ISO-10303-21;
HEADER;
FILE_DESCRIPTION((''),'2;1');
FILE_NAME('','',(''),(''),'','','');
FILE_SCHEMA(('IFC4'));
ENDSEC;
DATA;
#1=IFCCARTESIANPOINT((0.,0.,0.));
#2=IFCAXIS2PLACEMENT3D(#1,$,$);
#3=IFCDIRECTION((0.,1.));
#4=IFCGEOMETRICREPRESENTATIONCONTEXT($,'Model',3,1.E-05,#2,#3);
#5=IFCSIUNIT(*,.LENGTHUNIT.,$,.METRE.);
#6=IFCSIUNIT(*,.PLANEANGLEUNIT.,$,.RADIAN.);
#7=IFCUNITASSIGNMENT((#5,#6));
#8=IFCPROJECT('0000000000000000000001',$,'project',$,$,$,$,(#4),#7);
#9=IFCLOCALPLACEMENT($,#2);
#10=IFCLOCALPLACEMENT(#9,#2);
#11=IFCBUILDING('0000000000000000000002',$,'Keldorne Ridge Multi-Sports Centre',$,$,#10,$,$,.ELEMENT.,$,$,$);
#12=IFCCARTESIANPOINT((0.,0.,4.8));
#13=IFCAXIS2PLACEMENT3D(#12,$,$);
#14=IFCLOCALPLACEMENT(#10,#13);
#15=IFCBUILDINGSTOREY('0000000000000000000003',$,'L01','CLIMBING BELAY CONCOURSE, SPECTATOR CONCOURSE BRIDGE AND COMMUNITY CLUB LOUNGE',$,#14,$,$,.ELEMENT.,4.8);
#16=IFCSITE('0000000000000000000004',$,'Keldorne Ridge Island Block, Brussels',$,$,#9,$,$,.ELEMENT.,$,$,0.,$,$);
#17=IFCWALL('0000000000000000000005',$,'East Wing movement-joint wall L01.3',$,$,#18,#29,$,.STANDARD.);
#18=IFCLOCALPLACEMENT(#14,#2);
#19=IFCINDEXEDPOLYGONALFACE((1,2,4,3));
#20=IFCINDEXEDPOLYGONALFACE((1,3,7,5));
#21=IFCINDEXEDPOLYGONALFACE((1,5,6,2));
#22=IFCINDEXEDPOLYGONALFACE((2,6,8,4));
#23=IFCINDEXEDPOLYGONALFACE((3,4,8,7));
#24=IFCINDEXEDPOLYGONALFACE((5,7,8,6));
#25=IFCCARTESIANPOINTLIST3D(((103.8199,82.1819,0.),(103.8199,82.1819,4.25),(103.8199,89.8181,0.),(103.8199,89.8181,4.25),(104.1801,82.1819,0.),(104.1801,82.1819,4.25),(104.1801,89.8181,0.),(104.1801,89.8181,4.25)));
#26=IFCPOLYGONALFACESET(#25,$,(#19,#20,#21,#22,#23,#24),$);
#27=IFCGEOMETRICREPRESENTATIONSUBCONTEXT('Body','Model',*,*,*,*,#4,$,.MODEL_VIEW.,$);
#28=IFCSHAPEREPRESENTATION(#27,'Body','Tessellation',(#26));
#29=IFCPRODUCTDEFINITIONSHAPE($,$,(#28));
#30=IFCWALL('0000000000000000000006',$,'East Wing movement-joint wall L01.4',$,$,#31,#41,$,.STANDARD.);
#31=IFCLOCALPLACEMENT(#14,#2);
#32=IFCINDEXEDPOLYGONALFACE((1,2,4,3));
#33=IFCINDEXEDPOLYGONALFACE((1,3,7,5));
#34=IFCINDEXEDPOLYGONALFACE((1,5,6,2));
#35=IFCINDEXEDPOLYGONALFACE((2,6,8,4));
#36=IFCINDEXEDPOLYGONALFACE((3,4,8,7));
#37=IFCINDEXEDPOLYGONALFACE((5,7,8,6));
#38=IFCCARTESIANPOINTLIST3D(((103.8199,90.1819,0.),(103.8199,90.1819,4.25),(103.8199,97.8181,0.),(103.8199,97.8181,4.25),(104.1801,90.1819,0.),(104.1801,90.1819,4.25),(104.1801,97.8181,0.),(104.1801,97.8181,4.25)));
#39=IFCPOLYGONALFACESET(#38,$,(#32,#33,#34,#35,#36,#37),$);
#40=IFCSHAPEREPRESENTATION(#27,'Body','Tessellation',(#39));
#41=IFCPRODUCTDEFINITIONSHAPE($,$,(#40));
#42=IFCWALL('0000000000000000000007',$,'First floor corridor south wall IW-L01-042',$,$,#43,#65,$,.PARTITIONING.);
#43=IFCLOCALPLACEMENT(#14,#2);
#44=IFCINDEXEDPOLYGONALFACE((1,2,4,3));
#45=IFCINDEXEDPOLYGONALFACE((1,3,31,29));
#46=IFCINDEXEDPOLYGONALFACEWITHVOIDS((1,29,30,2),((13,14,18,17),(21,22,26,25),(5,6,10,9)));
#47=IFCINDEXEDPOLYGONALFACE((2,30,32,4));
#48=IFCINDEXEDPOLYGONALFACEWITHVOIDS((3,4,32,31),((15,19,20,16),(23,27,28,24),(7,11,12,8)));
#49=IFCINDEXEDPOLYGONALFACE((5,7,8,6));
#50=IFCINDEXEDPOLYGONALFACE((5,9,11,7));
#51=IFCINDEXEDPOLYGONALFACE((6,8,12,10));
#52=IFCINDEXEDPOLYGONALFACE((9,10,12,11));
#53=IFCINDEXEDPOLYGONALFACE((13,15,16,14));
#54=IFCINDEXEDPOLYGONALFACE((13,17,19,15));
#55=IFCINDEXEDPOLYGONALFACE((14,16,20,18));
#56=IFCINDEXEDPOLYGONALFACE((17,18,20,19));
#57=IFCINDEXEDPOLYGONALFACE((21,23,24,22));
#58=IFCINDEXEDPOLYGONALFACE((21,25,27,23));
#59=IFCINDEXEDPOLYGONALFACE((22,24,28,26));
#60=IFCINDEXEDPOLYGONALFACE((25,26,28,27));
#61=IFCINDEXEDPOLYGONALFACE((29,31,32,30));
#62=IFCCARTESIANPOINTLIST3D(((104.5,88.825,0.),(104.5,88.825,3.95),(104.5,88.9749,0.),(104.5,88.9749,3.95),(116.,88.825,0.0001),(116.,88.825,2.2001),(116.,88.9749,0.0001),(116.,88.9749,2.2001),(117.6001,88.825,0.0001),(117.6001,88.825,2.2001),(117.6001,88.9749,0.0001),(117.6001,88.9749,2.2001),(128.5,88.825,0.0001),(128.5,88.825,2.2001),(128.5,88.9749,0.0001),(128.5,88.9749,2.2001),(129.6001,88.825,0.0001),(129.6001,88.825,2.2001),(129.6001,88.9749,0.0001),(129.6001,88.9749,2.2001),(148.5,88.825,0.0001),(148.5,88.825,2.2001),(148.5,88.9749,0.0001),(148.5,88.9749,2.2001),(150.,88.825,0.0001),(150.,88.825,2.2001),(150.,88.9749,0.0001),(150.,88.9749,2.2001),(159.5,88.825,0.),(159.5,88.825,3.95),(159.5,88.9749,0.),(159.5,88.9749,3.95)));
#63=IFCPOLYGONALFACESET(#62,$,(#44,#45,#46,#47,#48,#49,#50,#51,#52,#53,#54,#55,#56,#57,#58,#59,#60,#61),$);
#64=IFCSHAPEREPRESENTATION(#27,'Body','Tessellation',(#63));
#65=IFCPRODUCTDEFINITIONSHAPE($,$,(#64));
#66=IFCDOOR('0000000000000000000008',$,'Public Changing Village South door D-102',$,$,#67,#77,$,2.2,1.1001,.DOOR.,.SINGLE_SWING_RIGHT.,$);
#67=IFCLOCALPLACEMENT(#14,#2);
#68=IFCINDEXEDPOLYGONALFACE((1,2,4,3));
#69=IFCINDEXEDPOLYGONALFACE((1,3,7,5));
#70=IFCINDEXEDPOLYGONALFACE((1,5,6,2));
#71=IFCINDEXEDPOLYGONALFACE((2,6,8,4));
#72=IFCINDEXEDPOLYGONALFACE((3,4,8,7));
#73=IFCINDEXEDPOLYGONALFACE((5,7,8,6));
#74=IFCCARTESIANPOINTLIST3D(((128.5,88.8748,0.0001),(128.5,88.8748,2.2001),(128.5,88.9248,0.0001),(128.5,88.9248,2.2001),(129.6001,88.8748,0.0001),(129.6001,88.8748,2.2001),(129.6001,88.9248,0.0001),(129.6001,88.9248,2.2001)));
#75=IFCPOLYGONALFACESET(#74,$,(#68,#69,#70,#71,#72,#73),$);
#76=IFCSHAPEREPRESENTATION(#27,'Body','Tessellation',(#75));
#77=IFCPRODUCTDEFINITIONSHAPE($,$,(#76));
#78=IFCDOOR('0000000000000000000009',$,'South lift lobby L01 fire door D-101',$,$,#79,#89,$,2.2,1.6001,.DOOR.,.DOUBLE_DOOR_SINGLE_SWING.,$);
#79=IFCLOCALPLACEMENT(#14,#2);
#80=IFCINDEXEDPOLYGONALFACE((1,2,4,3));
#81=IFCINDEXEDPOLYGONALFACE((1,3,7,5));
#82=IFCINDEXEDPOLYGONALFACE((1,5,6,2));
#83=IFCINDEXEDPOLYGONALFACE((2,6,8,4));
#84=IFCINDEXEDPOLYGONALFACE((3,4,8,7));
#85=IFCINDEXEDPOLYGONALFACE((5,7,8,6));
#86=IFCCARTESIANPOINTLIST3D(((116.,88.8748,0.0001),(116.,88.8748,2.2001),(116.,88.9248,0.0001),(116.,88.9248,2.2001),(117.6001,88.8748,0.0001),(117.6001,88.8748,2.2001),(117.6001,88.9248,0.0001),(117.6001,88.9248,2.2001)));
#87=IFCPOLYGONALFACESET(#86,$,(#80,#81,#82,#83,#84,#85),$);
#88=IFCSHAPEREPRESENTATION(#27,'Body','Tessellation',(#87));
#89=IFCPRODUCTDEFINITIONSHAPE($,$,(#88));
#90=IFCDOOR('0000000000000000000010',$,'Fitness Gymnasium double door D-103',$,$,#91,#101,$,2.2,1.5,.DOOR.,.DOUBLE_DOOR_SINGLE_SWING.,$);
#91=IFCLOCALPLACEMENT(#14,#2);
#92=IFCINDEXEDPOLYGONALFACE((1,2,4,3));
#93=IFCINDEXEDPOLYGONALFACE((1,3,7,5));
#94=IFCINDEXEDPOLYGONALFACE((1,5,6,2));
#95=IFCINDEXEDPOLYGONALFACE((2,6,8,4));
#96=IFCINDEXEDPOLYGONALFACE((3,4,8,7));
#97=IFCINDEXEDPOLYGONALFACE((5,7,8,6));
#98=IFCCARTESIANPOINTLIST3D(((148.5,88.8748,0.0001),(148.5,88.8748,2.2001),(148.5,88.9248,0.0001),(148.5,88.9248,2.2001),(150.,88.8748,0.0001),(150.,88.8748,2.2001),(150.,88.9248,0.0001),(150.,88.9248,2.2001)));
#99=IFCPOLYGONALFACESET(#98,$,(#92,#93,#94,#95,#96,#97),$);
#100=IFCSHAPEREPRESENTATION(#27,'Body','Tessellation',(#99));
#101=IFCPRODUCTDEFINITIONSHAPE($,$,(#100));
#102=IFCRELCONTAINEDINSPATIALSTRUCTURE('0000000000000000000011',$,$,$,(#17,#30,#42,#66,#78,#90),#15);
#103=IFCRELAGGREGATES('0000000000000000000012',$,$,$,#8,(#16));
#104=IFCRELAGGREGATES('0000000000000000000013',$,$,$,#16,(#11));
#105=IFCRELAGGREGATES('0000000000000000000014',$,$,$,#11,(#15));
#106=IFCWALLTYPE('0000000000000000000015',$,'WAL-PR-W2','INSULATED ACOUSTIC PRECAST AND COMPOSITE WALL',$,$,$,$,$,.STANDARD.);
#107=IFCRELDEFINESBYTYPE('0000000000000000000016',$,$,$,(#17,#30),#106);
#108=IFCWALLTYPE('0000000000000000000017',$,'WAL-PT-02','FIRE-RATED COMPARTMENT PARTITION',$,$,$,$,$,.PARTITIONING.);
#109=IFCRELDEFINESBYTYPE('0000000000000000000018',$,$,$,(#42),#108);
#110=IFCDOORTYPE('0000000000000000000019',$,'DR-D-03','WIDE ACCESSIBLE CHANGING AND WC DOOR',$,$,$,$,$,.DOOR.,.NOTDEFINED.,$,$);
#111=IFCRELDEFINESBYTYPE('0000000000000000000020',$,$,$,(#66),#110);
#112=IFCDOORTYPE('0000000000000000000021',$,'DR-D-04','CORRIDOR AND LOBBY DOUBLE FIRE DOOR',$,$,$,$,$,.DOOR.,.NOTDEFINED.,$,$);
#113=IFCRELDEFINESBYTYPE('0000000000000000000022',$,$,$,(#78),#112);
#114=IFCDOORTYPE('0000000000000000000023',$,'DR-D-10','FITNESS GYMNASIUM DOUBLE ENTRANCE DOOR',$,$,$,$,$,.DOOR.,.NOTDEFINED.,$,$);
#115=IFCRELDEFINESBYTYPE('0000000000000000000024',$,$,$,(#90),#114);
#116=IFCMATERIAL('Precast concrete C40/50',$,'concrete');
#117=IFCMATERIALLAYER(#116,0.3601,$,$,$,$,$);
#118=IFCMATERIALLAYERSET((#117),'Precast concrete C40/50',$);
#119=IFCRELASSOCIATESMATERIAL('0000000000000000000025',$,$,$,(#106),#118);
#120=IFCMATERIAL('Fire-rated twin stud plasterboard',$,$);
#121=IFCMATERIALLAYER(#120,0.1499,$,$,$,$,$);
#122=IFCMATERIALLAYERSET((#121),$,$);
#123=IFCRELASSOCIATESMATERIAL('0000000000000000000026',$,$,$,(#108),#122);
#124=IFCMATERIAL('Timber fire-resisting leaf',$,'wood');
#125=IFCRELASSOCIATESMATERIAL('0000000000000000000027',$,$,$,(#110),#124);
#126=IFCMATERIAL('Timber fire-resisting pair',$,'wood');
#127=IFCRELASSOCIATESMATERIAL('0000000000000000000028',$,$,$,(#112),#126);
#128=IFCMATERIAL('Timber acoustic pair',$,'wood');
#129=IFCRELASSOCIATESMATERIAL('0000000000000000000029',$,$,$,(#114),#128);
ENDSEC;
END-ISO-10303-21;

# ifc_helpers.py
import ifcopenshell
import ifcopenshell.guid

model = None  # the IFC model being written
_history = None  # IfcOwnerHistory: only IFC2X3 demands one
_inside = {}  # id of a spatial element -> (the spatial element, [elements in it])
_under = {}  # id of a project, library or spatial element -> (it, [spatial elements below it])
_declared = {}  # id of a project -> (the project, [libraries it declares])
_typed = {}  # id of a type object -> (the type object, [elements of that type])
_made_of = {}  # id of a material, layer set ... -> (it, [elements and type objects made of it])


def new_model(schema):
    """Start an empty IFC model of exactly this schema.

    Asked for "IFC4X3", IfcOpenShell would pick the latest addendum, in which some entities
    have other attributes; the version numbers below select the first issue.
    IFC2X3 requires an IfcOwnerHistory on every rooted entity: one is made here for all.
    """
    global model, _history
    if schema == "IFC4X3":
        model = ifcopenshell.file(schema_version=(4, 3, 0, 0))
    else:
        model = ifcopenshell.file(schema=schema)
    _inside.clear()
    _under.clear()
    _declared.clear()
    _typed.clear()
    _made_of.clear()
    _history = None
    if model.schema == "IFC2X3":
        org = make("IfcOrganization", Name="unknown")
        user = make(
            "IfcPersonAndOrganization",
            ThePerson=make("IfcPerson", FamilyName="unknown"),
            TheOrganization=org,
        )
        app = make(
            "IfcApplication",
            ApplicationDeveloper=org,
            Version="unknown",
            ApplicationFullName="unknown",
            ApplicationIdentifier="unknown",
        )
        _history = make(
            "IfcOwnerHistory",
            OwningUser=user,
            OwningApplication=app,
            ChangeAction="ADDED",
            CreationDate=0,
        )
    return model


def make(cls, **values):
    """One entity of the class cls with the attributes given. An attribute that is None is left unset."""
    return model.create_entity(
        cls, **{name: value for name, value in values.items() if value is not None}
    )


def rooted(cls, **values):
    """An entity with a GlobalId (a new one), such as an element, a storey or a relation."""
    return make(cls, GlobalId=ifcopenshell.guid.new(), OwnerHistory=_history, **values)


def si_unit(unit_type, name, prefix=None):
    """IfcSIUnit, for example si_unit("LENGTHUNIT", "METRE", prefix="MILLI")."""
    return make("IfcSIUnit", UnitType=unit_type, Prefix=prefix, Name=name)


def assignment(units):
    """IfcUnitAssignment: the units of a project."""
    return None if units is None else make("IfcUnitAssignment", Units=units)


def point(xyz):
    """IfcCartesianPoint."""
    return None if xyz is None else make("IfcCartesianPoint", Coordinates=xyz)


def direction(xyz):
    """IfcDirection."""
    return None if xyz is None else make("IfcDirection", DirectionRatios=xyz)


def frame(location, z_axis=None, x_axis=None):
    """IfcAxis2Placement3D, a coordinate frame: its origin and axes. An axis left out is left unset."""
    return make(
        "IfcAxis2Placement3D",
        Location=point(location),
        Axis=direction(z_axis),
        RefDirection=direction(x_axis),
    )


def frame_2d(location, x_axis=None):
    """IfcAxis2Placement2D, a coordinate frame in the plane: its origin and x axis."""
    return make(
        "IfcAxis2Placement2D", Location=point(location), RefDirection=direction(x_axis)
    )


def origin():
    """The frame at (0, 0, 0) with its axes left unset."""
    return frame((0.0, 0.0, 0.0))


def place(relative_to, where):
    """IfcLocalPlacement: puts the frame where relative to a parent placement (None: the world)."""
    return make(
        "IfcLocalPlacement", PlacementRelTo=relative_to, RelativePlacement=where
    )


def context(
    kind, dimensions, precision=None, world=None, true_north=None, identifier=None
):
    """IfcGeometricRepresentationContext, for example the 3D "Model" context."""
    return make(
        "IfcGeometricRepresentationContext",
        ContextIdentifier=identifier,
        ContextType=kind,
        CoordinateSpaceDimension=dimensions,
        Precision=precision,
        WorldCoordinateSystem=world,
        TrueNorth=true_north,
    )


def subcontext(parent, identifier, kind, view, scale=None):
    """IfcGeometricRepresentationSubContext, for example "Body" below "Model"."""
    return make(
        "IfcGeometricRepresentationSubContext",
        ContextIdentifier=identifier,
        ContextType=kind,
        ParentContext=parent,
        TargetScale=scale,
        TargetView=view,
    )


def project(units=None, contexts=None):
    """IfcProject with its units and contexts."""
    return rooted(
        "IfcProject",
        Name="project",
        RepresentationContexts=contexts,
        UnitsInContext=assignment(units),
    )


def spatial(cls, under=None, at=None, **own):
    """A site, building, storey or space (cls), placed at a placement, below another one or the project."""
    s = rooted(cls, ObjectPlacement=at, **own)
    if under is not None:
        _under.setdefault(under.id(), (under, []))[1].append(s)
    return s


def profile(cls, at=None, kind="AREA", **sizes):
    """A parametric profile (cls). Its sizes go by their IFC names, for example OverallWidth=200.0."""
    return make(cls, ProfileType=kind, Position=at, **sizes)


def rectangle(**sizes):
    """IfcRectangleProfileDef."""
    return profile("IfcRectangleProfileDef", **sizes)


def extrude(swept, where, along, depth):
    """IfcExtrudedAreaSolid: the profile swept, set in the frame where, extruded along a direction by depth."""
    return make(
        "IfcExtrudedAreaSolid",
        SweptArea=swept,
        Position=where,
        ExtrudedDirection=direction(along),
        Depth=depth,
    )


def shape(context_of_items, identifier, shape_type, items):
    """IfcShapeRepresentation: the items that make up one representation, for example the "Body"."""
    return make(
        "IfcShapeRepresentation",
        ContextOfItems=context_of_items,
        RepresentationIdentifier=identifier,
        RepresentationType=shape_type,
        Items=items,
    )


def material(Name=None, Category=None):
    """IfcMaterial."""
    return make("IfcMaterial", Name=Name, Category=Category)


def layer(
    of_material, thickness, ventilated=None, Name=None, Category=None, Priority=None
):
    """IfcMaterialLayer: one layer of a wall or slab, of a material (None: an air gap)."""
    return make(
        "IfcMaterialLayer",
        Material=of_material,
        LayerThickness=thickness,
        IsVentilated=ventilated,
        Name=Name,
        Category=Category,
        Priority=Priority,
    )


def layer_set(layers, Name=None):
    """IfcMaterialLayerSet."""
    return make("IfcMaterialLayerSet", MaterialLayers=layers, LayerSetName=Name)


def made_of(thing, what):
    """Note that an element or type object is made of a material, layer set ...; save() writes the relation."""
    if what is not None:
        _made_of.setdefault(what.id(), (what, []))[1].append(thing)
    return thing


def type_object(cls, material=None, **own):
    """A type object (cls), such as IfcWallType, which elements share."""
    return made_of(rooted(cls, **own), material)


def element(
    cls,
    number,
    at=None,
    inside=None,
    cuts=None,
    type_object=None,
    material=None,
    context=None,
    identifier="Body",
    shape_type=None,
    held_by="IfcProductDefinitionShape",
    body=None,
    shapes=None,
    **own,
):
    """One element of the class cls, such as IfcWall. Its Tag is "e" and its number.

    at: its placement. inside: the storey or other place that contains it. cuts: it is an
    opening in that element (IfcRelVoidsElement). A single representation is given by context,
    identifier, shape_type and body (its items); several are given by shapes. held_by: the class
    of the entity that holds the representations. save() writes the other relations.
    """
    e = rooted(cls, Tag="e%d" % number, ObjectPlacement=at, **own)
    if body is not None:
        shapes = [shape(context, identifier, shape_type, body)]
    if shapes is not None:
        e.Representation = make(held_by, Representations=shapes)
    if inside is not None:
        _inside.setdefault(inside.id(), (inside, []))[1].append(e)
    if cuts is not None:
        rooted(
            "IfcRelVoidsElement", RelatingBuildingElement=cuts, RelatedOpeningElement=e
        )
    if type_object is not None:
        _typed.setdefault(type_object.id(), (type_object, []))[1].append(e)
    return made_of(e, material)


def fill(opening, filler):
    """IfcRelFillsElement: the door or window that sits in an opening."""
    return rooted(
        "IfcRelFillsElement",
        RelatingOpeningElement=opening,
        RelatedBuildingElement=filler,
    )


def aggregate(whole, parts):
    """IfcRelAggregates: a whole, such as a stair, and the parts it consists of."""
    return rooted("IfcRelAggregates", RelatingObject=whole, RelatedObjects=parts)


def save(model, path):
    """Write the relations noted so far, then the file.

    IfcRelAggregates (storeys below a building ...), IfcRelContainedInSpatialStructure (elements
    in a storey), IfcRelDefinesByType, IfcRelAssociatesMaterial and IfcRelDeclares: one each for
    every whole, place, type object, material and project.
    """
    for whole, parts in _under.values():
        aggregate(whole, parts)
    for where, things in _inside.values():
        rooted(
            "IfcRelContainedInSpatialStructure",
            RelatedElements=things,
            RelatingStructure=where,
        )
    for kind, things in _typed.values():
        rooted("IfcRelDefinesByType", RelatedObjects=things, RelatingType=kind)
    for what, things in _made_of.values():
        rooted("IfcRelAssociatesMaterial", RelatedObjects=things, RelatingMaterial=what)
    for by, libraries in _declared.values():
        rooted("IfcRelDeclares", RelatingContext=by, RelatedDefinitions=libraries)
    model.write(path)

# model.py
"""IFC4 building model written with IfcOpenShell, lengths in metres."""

from ifc_helpers import new_model, si_unit, direction, frame, frame_2d, origin, place, context, subcontext, project, spatial, rectangle, extrude, material, layer, layer_set, type_object, element, fill, save


model = new_model("IFC4")

# Units and contexts
model_context = context("Model", 3, precision=1e-05, world=origin(), true_north=direction((0.0, 1.0)))
body_context = subcontext(model_context, "Body", "Model", "MODEL_VIEW")
ifc_project = project(units=[si_unit("LENGTHUNIT", "METRE"), si_unit("PLANEANGLEUNIT", "RADIAN")], contexts=[model_context])

# Site, building, storey
site_placement = place(None, origin())
site = spatial("IfcSite", under=ifc_project, at=site_placement, Name="Keldorne Ridge Island Block, Brussels", CompositionType="ELEMENT", RefElevation=0.0)
building_placement = place(site_placement, origin())
building = spatial("IfcBuilding", under=site, at=building_placement, Name="Keldorne Ridge Multi-Sports Centre", CompositionType="ELEMENT")
storey_placement = place(building_placement, frame((0.0, 0.0, 4.8)))
storey = spatial("IfcBuildingStorey", under=building, at=storey_placement, Name="L01", Description="CLIMBING BELAY CONCOURSE, SPECTATOR CONCOURSE BRIDGE AND COMMUNITY CLUB LOUNGE", CompositionType="ELEMENT", Elevation=4.8)

# Walls
ifc_material_1 = material(Name="Precast concrete C40/50", Category="concrete")
ifc_layer_1 = layer(ifc_material_1, 0.3601)
ifc_layer_set_1 = layer_set([ifc_layer_1], Name="Precast concrete C40/50")
wall_type_1 = type_object("IfcWallType", Name="WAL-PR-W2", Description="INSULATED ACOUSTIC PRECAST AND COMPOSITE WALL", PredefinedType="STANDARD", material=ifc_layer_set_1)
for number, where, z_axis, x_axis, name in (
    (1, (104.0, 89.8181, 0.0), (0.0, 0.0, 1.0), (0.0, -1.0, 0.0), "East Wing movement-joint wall L01.3"),
    (2, (104.0, 97.8181, 0.0), (0.0, 0.0, 1.0), (0.0, -1.0, 0.0), "East Wing movement-joint wall L01.4"),
):
    element("IfcWall", number, at=place(storey_placement, frame(where, z_axis=z_axis, x_axis=x_axis)), inside=storey, type_object=wall_type_1, Name=name, PredefinedType="STANDARD", context=body_context, shape_type="SweptSolid", body=[
        extrude(rectangle(XDim=7.6362, YDim=0.3601, at=frame_2d((3.8181, 0.0))), origin(), (0.0, 0.0, 1.0), 4.25),
    ])

# Wall, openings, doors
ifc_material_2 = material(Name="Fire-rated twin stud plasterboard")
ifc_layer_2 = layer(ifc_material_2, 0.1499)
ifc_layer_set_2 = layer_set([ifc_layer_2])
wall_type_2 = type_object("IfcWallType", Name="WAL-PT-02", Description="FIRE-RATED COMPARTMENT PARTITION", PredefinedType="PARTITIONING", material=ifc_layer_set_2)
wall_1_placement = place(storey_placement, frame((104.5, 88.8999, 0.0), z_axis=(0.0, 0.0, 1.0), x_axis=(1.0, 0.0, 0.0)))
wall_1 = element("IfcWall", 3, at=wall_1_placement, inside=storey, type_object=wall_type_2, Name="First floor corridor south wall IW-L01-042", PredefinedType="PARTITIONING", context=body_context, shape_type="SweptSolid", body=[
    extrude(rectangle(XDim=55.0, YDim=0.1499, at=frame_2d((27.5, 0.0))), origin(), (0.0, 0.0, 1.0), 3.95),
])
opening_1_placement = place(wall_1_placement, frame((11.5, 0.0, 0.0)))
opening_1 = element("IfcOpeningElement", 4, at=opening_1_placement, cuts=wall_1, PredefinedType="OPENING", context=body_context, shape_type="SweptSolid", body=[
    extrude(rectangle(XDim=1.6001, YDim=2.2, at=frame_2d((0.8, 1.1001))), frame((0.0, 0.085, 0.0), z_axis=(0.0, -1.0, 0.0), x_axis=(1.0, 0.0, 0.0)), (0.0, 0.0, 1.0), 0.1699),
])
opening_2_placement = place(wall_1_placement, frame((24.0, 0.0, 0.0)))
opening_2 = element("IfcOpeningElement", 5, at=opening_2_placement, cuts=wall_1, PredefinedType="OPENING", context=body_context, shape_type="SweptSolid", body=[
    extrude(rectangle(XDim=1.1001, YDim=2.2, at=frame_2d((0.55, 1.1001))), frame((0.0, 0.085, 0.0), z_axis=(0.0, -1.0, 0.0), x_axis=(1.0, 0.0, 0.0)), (0.0, 0.0, 1.0), 0.1699),
])
opening_3_placement = place(wall_1_placement, frame((44.0, 0.0, 0.0)))
opening_3 = element("IfcOpeningElement", 6, at=opening_3_placement, cuts=wall_1, PredefinedType="OPENING", context=body_context, shape_type="SweptSolid", body=[
    extrude(rectangle(XDim=1.5, YDim=2.2, at=frame_2d((0.75, 1.1001))), frame((0.0, 0.085, 0.0), z_axis=(0.0, -1.0, 0.0), x_axis=(1.0, 0.0, 0.0)), (0.0, 0.0, 1.0), 0.1699),
])
ifc_material_3 = material(Name="Timber fire-resisting leaf", Category="wood")
door_type_1 = type_object("IfcDoorType", Name="DR-D-03", Description="WIDE ACCESSIBLE CHANGING AND WC DOOR", OperationType="NOTDEFINED", PredefinedType="DOOR", material=ifc_material_3)
door_1_placement = place(opening_2_placement, origin())
door_1 = element("IfcDoor", 7, at=door_1_placement, inside=storey, type_object=door_type_1, Name="Public Changing Village South door D-102", OperationType="SINGLE_SWING_RIGHT", OverallHeight=2.2, OverallWidth=1.1001, PredefinedType="DOOR", context=body_context, shape_type="SweptSolid", body=[
    extrude(rectangle(XDim=1.1001, YDim=2.2, at=frame_2d((0.55, 1.1001))), frame((0.0, 0.0249, 0.0), z_axis=(0.0, -1.0, 0.0), x_axis=(1.0, 0.0, 0.0)), (0.0, 0.0, 1.0), 0.05),
])
fill(opening_2, door_1)
ifc_material_4 = material(Name="Timber fire-resisting pair", Category="wood")
door_type_2 = type_object("IfcDoorType", Name="DR-D-04", Description="CORRIDOR AND LOBBY DOUBLE FIRE DOOR", OperationType="NOTDEFINED", PredefinedType="DOOR", material=ifc_material_4)
door_2_placement = place(opening_1_placement, origin())
door_2 = element("IfcDoor", 8, at=door_2_placement, inside=storey, type_object=door_type_2, Name="South lift lobby L01 fire door D-101", OperationType="DOUBLE_DOOR_SINGLE_SWING", OverallHeight=2.2, OverallWidth=1.6001, PredefinedType="DOOR", context=body_context, shape_type="SweptSolid", body=[
    extrude(rectangle(XDim=1.6001, YDim=2.2, at=frame_2d((0.8, 1.1001))), frame((0.0, 0.0249, 0.0), z_axis=(0.0, -1.0, 0.0), x_axis=(1.0, 0.0, 0.0)), (0.0, 0.0, 1.0), 0.05),
])
fill(opening_1, door_2)
ifc_material_5 = material(Name="Timber acoustic pair", Category="wood")
door_type_3 = type_object("IfcDoorType", Name="DR-D-10", Description="FITNESS GYMNASIUM DOUBLE ENTRANCE DOOR", OperationType="NOTDEFINED", PredefinedType="DOOR", material=ifc_material_5)
door_3_placement = place(opening_3_placement, origin())
door_3 = element("IfcDoor", 9, at=door_3_placement, inside=storey, type_object=door_type_3, Name="Fitness Gymnasium double door D-103", OperationType="DOUBLE_DOOR_SINGLE_SWING", OverallHeight=2.2, OverallWidth=1.5, PredefinedType="DOOR", context=body_context, shape_type="SweptSolid", body=[
    extrude(rectangle(XDim=1.5, YDim=2.2, at=frame_2d((0.75, 1.1001))), frame((0.0, 0.0249, 0.0), z_axis=(0.0, -1.0, 0.0), x_axis=(1.0, 0.0, 0.0)), (0.0, 0.0, 1.0), 0.05),
])
fill(opening_3, door_3)

save(model, "model.ifc")
